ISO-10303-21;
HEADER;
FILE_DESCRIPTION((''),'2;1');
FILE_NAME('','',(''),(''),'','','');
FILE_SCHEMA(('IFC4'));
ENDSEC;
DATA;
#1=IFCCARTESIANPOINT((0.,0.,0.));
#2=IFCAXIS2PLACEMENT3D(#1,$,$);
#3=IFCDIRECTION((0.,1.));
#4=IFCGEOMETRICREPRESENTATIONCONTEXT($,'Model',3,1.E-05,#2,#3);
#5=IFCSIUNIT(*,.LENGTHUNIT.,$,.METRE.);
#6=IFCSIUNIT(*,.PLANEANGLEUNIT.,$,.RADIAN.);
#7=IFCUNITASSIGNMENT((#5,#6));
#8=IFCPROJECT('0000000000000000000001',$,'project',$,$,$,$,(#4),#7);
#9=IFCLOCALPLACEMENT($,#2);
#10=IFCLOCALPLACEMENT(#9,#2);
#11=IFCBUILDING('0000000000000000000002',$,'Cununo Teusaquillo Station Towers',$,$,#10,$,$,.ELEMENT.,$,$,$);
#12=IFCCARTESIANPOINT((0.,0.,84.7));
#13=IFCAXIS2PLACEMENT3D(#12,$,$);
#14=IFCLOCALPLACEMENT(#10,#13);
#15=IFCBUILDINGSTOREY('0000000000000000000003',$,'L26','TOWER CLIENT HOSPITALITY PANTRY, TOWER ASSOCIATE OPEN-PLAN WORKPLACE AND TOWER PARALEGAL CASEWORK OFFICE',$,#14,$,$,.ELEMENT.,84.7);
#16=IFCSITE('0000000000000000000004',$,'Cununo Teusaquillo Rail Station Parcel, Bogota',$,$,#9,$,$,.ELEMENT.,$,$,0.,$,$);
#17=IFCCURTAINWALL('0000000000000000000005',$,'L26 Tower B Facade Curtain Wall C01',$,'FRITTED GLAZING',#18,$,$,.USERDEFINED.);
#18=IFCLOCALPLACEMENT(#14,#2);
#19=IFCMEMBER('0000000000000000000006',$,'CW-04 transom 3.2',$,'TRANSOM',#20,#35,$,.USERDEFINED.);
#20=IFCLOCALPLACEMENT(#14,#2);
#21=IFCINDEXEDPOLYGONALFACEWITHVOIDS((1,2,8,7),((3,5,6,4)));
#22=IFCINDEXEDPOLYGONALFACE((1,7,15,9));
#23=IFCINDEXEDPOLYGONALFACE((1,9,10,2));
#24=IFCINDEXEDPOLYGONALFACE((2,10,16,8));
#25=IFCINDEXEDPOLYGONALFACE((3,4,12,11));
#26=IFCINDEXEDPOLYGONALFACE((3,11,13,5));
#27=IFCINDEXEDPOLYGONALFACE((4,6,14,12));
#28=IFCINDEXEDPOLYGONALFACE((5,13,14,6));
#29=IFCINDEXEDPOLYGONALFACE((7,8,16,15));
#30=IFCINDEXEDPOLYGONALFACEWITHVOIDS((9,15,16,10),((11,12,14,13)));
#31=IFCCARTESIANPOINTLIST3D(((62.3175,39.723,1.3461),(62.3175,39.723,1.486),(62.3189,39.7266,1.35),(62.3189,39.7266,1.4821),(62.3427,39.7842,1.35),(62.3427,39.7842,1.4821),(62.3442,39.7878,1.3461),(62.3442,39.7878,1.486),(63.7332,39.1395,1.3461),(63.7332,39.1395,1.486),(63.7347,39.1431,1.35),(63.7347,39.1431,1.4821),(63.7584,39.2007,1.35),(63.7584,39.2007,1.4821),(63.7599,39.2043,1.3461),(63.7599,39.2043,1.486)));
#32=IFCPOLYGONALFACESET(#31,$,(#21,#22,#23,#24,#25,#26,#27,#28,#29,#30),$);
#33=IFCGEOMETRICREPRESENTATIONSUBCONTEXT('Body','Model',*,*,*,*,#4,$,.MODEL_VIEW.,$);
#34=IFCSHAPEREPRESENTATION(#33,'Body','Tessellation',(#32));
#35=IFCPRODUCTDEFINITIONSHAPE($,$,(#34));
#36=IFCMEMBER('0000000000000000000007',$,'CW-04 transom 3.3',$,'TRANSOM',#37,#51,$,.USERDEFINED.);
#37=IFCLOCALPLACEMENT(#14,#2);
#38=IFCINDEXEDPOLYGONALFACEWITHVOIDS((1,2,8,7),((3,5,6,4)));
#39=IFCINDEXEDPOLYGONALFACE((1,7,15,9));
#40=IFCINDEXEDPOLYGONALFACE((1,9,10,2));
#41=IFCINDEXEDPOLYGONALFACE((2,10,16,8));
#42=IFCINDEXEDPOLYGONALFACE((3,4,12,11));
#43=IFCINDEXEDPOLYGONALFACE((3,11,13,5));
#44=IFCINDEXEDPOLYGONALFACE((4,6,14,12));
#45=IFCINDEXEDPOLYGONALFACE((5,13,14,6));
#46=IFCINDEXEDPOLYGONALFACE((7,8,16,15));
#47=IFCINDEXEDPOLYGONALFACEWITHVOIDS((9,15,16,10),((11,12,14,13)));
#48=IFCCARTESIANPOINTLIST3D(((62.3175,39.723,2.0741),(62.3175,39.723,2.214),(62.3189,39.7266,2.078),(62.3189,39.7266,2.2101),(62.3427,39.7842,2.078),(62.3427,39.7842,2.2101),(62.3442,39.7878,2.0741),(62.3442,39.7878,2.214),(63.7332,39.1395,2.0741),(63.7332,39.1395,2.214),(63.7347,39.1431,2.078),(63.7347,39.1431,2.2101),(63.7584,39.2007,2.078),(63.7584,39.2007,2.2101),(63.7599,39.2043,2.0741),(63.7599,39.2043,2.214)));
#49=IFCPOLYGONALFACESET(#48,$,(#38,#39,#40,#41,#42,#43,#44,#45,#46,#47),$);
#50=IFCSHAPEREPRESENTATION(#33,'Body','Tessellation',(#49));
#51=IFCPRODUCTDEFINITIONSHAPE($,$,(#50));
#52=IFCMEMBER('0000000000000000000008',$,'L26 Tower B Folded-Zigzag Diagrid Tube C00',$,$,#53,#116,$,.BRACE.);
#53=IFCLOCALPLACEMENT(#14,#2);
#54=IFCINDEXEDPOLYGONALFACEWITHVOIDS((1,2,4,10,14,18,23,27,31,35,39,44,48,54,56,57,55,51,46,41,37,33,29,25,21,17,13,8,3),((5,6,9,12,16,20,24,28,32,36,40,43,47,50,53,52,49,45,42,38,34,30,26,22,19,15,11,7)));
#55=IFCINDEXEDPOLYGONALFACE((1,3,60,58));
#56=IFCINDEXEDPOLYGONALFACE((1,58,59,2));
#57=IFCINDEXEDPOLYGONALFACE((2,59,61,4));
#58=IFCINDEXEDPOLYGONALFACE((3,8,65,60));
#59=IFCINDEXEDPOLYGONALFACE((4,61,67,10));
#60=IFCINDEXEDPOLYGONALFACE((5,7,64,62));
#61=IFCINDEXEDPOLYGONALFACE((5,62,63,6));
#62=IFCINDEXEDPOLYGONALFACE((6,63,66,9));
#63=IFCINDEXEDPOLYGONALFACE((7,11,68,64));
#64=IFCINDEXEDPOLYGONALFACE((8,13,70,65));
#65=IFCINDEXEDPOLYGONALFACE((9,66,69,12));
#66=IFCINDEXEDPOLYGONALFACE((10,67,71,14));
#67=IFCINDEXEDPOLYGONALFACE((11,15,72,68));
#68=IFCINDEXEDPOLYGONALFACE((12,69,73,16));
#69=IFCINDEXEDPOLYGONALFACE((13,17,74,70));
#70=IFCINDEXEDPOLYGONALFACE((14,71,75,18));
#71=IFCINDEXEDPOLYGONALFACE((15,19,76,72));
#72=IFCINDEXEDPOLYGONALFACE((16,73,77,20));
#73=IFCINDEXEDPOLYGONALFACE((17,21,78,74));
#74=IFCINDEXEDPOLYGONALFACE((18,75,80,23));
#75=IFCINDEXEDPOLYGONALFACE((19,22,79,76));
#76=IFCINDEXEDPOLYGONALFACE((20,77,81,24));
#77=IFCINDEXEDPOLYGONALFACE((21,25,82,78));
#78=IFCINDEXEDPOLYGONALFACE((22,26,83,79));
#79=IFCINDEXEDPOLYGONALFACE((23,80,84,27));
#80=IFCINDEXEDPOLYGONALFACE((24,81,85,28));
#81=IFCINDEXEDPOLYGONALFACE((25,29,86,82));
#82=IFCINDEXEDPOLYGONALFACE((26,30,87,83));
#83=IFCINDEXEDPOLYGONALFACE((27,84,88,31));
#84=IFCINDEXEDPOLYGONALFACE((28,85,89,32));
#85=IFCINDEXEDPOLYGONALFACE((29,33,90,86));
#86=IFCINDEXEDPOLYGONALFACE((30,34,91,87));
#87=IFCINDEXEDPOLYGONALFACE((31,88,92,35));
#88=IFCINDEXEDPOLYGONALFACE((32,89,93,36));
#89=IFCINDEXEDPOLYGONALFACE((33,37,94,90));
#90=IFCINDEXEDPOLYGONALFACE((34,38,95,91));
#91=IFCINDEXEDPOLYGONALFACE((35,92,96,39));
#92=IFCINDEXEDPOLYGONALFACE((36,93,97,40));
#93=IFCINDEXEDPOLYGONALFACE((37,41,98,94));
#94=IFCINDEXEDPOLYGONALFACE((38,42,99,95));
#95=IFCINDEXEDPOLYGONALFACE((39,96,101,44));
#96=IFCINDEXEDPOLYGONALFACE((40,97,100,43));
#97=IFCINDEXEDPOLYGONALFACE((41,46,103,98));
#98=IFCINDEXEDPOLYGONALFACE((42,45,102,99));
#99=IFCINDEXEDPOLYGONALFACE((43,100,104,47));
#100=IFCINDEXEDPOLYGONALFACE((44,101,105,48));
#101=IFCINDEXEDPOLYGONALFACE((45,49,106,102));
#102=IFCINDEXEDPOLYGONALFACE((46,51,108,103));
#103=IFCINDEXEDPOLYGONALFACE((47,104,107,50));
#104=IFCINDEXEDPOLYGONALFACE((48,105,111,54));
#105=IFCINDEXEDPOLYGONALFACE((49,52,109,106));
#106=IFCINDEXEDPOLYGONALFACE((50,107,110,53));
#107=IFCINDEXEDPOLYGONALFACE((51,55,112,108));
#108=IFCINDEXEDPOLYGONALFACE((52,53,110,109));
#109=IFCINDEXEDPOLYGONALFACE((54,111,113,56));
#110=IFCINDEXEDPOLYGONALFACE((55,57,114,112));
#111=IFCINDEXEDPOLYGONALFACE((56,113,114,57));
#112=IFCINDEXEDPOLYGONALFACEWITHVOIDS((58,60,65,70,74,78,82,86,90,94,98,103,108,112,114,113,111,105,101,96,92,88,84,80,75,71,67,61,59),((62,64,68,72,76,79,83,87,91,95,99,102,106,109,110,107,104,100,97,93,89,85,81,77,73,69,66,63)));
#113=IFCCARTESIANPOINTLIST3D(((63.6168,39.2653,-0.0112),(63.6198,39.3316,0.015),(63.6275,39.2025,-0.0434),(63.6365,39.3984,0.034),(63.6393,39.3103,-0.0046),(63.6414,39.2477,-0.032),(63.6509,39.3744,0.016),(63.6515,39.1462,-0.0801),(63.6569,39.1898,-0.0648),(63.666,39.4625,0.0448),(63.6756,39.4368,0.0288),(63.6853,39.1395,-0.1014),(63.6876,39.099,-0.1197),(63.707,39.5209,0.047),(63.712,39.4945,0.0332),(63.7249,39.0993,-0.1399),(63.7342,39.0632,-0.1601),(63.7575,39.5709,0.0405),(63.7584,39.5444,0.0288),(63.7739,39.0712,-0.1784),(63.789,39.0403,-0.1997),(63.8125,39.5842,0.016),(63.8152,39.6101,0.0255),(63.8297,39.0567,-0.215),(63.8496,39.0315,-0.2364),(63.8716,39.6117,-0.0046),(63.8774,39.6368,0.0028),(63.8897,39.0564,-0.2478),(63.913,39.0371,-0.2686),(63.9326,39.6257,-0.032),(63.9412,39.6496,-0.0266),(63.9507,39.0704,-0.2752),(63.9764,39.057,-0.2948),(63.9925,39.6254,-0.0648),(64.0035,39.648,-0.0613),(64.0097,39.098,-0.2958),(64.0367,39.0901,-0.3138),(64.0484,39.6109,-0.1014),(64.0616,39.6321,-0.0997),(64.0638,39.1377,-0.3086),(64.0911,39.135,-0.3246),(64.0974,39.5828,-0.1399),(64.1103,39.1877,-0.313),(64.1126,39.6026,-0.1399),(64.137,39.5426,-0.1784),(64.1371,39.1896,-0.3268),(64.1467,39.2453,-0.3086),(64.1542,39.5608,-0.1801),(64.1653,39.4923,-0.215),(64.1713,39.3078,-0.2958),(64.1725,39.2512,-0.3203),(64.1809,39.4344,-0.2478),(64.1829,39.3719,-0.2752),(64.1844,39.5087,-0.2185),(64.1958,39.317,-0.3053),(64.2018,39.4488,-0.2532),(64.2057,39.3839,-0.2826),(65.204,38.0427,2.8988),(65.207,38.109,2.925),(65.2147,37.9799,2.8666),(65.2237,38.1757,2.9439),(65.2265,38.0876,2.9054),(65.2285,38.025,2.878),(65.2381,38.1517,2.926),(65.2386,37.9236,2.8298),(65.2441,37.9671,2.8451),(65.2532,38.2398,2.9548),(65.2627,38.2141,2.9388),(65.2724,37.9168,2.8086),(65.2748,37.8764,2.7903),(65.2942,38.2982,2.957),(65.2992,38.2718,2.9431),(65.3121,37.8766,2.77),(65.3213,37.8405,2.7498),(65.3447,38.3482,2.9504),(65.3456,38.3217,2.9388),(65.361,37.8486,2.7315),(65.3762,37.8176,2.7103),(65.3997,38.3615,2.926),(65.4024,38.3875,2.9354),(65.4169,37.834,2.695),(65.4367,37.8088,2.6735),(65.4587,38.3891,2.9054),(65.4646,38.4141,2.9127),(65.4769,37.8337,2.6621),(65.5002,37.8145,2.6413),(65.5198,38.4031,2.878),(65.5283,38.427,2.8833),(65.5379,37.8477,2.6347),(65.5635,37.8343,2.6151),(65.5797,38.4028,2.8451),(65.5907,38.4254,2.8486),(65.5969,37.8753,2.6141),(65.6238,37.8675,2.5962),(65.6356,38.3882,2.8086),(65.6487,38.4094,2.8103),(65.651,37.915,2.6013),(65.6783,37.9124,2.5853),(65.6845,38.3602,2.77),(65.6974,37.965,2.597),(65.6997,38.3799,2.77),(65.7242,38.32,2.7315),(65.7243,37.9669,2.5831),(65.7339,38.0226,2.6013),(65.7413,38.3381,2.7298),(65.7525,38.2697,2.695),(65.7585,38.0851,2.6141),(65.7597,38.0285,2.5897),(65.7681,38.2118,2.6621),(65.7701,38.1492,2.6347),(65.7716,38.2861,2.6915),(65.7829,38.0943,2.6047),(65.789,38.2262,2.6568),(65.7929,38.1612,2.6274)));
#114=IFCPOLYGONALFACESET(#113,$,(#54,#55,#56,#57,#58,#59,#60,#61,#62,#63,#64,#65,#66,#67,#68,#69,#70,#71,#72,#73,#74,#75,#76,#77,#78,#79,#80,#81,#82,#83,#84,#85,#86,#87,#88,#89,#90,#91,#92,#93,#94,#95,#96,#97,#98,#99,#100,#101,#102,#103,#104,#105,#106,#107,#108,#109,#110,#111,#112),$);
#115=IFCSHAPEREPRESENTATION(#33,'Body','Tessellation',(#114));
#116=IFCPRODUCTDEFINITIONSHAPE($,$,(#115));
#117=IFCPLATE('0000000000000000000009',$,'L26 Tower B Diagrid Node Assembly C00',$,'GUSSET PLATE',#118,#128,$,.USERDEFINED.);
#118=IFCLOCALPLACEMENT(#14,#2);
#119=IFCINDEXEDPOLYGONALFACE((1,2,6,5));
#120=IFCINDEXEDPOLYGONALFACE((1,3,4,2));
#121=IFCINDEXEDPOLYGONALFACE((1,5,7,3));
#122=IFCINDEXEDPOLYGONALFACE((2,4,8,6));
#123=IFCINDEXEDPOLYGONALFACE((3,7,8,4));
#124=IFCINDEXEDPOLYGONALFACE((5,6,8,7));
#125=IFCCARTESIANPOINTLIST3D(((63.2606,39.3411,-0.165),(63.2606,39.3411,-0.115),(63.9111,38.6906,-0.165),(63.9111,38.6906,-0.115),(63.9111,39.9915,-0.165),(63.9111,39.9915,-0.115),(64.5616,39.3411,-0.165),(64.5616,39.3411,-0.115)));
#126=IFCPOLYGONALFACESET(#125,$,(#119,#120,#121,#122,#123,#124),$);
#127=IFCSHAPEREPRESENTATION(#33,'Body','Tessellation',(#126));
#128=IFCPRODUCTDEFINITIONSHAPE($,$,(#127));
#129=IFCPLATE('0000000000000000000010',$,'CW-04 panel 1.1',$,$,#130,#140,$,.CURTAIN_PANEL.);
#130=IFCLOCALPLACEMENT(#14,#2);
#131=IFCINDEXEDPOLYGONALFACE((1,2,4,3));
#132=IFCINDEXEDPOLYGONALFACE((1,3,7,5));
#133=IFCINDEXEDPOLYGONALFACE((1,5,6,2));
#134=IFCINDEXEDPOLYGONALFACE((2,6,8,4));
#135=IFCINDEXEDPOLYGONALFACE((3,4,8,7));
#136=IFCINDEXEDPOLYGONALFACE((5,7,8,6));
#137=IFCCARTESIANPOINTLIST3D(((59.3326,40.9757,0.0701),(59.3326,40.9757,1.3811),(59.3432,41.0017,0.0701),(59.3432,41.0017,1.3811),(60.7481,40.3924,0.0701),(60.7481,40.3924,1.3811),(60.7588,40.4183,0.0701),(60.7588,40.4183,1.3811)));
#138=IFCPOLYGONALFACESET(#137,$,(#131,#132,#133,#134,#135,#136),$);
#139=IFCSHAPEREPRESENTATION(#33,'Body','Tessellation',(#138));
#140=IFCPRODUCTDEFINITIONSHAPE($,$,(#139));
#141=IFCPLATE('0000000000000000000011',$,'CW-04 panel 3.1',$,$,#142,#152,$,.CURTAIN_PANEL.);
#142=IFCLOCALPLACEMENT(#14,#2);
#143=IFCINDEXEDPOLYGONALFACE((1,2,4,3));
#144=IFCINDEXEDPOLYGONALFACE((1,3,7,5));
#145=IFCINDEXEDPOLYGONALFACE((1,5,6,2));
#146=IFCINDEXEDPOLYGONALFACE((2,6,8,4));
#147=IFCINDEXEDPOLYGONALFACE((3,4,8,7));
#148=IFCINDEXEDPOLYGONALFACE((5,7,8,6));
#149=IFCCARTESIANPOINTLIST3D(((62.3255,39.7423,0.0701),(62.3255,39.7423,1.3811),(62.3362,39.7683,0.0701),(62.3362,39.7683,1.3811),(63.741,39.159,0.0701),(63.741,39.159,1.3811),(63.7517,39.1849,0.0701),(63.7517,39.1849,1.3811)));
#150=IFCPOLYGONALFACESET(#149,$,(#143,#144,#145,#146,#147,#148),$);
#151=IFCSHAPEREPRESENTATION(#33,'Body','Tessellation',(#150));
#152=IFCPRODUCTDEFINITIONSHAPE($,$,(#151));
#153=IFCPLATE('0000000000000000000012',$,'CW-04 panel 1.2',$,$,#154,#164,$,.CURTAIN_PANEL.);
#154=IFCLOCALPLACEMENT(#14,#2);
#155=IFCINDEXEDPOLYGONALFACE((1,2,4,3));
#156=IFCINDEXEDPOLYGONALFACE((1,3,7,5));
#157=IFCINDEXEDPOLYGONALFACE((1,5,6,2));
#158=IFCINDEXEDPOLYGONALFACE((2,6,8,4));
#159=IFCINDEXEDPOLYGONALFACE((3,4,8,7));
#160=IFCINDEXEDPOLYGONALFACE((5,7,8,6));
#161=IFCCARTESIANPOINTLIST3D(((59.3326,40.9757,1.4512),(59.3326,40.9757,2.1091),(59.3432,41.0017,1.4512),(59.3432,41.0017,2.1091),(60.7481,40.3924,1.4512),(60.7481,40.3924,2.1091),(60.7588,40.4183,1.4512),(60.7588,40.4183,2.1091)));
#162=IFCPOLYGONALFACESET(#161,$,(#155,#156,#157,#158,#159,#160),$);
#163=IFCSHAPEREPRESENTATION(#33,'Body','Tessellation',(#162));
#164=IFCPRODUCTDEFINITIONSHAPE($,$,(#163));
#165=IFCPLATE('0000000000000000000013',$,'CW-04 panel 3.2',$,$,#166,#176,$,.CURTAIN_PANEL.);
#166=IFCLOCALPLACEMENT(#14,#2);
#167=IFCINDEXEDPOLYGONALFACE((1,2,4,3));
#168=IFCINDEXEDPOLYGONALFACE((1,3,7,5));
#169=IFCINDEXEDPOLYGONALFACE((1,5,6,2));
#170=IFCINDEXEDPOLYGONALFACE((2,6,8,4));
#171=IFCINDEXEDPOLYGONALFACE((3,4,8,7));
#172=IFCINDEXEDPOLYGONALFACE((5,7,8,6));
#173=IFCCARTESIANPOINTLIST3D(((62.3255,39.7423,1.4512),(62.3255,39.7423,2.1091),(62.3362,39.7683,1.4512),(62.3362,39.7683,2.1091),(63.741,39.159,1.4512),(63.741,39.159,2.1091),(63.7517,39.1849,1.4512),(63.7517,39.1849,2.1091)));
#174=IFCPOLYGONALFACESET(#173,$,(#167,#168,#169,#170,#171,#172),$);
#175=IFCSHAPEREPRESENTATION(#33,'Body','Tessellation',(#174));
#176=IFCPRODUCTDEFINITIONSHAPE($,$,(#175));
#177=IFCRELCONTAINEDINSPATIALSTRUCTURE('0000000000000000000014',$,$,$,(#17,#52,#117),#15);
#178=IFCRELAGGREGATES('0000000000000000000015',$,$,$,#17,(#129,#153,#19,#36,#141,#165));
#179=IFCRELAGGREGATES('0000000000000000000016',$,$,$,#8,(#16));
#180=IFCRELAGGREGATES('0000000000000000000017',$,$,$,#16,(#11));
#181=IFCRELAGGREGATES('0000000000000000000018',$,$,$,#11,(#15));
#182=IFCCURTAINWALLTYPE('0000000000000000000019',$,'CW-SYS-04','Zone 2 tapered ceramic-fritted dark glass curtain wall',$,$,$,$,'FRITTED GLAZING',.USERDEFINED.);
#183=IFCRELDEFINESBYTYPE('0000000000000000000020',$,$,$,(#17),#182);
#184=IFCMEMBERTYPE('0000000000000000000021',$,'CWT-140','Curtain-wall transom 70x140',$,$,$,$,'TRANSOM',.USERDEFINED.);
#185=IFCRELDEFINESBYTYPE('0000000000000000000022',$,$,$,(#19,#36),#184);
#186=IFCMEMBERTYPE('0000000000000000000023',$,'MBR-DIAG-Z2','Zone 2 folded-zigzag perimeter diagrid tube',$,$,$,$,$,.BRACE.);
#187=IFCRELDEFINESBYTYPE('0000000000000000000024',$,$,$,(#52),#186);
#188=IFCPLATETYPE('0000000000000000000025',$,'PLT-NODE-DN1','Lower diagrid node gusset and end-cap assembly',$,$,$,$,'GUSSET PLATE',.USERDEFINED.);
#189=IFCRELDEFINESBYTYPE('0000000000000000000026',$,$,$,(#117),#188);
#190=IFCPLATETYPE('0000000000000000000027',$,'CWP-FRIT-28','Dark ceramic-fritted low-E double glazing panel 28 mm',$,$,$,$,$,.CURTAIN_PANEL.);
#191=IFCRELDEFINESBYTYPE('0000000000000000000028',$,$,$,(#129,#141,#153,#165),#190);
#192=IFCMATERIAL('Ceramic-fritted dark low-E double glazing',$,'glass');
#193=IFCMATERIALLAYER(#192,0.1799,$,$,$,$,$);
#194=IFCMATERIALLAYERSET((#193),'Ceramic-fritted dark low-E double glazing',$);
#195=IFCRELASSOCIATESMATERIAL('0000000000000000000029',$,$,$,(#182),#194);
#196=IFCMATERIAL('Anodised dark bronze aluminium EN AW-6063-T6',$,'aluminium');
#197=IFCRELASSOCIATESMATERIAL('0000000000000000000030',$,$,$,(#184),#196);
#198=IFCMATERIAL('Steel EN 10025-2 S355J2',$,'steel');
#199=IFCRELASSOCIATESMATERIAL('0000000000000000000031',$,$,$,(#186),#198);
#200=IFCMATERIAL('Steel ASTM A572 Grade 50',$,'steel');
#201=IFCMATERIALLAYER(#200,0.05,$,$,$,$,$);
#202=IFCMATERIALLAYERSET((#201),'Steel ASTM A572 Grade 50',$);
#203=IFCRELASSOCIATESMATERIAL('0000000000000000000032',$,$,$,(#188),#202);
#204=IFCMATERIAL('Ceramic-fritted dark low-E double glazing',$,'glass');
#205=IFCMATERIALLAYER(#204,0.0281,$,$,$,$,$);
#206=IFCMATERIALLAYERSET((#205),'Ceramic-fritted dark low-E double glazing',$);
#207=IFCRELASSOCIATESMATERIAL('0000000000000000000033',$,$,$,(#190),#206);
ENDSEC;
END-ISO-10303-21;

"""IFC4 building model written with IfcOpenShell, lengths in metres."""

from ifc_helpers import new_model, si_unit, direction, frame, origin, origin_2d, place, context, subcontext, project, spatial, rectangle, hollow_rectangle, hollow_circle, extrude, source, transform, mapped, material, layer, layer_set, material_profile, profile_set, type_object, element, aggregate, save


model = new_model("IFC4")

# Units and contexts
model_context = context("Model", 3, precision=1e-05, world=origin(), true_north=direction((0.0, 1.0)))
body_context = subcontext(model_context, "Body", "Model", "MODEL_VIEW")
ifc_project = project(units=[si_unit("LENGTHUNIT", "METRE"), si_unit("PLANEANGLEUNIT", "RADIAN")], contexts=[model_context])

# Site, building, storey
site_placement = place(None, origin())
site = spatial("IfcSite", under=ifc_project, at=site_placement, Name="Cununo Teusaquillo Rail Station Parcel, Bogota", CompositionType="ELEMENT", RefElevation=0.0)
building_placement = place(site_placement, origin())
building = spatial("IfcBuilding", under=site, at=building_placement, Name="Cununo Teusaquillo Station Towers", CompositionType="ELEMENT")
storey_placement = place(building_placement, frame((0.0, 0.0, 84.7)))
storey = spatial("IfcBuildingStorey", under=building, at=storey_placement, Name="L26", Description="TOWER CLIENT HOSPITALITY PANTRY, TOWER ASSOCIATE OPEN-PLAN WORKPLACE AND TOWER PARALEGAL CASEWORK OFFICE", CompositionType="ELEMENT", Elevation=84.7)

# Curtain wall, members
ifc_material_1 = material(Name="Ceramic-fritted dark low-E double glazing", Category="glass")
ifc_layer_1 = layer(ifc_material_1, 0.1799)
ifc_layer_set_1 = layer_set([ifc_layer_1], Name="Ceramic-fritted dark low-E double glazing")
curtain_wall_type = type_object("IfcCurtainWallType", Name="CW-SYS-04", Description="Zone 2 tapered ceramic-fritted dark glass curtain wall", ElementType="FRITTED GLAZING", PredefinedType="USERDEFINED", material=ifc_layer_set_1)
curtain_wall_placement = place(storey_placement, origin())
curtain_wall = element("IfcCurtainWall", 1, at=curtain_wall_placement, inside=storey, type_object=curtain_wall_type, Name="L26 Tower B Facade Curtain Wall C01", ObjectType="FRITTED GLAZING", PredefinedType="USERDEFINED")
ifc_material_2 = material(Name="Anodised dark bronze aluminium EN AW-6063-T6", Category="aluminium")
ifc_material_profile_1 = material_profile(ifc_material_2, hollow_rectangle(XDim=0.0701, YDim=0.1399, WallThickness=0.0039, at=origin_2d()), Name="CW-TRAN-70x140")
ifc_profile_set_1 = profile_set([ifc_material_profile_1], Name="Anodised dark bronze aluminium EN AW-6063-T6")
member_type_1 = type_object("IfcMemberType", Name="CWT-140", Description="Curtain-wall transom 70x140", ElementType="TRANSOM", PredefinedType="USERDEFINED", material=ifc_profile_set_1)
member_1_placement = place(storey_placement, frame((62.3308, 39.7554, 1.416), z_axis=(0.924556, -0.381046, 0.0), x_axis=(0.381046, 0.924556, 0.0)))
member_1 = element("IfcMember", 2, at=member_1_placement, type_object=member_type_1, Name="CW-04 transom 3.2", ObjectType="TRANSOM", PredefinedType="USERDEFINED", context=body_context, shape_type="SweptSolid", body=[
    extrude(hollow_rectangle(XDim=0.0701, YDim=0.1399, WallThickness=0.0039, at=origin_2d()), origin(), (0.0, 0.0, 1.0), 1.5312),
])
member_2_placement = place(storey_placement, frame((62.3308, 39.7554, 2.144), z_axis=(0.924556, -0.381046, 0.0), x_axis=(0.381046, 0.924556, 0.0)))
member_2 = element("IfcMember", 3, at=member_2_placement, type_object=member_type_1, Name="CW-04 transom 3.3", ObjectType="TRANSOM", PredefinedType="USERDEFINED", context=body_context, shape_type="SweptSolid", body=[
    extrude(hollow_rectangle(XDim=0.0701, YDim=0.1399, WallThickness=0.0039, at=origin_2d()), origin(), (0.0, 0.0, 1.0), 1.5312),
])

# Member
ifc_material_3 = material(Name="Steel EN 10025-2 S355J2", Category="steel")
ifc_material_profile_2 = material_profile(ifc_material_3, hollow_circle(Radius=0.3301, WallThickness=0.0249, at=origin_2d()), Name="CHS 660x25")
ifc_profile_set_2 = profile_set([ifc_material_profile_2], Name="Steel EN 10025-2 S355J2")
member_type_2 = type_object("IfcMemberType", Name="MBR-DIAG-Z2", Description="Zone 2 folded-zigzag perimeter diagrid tube", PredefinedType="BRACE", material=ifc_profile_set_2)
member_3_placement = place(storey_placement, frame((63.9111, 39.3411, -0.1399), z_axis=(0.449248, -0.346075, 0.823656), x_axis=(0.610264, 0.792198, 0.0)))
element("IfcMember", 4, at=member_3_placement, inside=storey, type_object=member_type_2, Name="L26 Tower B Folded-Zigzag Diagrid Tube C00", PredefinedType="BRACE", context=body_context, shape_type="SweptSolid", body=[
    extrude(hollow_circle(Radius=0.3301, WallThickness=0.0249, at=origin_2d()), origin(), (0.0, 0.0, 1.0), 3.533),
])

# Plates
ifc_material_4 = material(Name="Steel ASTM A572 Grade 50", Category="steel")
ifc_layer_2 = layer(ifc_material_4, 0.05)
ifc_layer_set_2 = layer_set([ifc_layer_2], Name="Steel ASTM A572 Grade 50")
plate_type_1 = type_object("IfcPlateType", Name="PLT-NODE-DN1", Description="Lower diagrid node gusset and end-cap assembly", ElementType="GUSSET PLATE", PredefinedType="USERDEFINED", material=ifc_layer_set_2)
shared_shape_1 = source(origin(), body_context, "Body", "SweptSolid", [
    extrude(rectangle(XDim=0.9199, YDim=0.9199, at=origin_2d()), origin(), (0.0, 0.0, 1.0), 0.05),
])
plate_1_placement = place(storey_placement, frame((63.9111, 39.3411, -0.165), z_axis=(0.0, 0.0, 1.0), x_axis=(0.707107, 0.707107, 0.0)))
element("IfcPlate", 5, at=plate_1_placement, inside=storey, type_object=plate_type_1, Name="L26 Tower B Diagrid Node Assembly C00", ObjectType="GUSSET PLATE", PredefinedType="USERDEFINED", context=body_context, shape_type="MappedRepresentation", body=[
    mapped(shared_shape_1, transform((0.0, 0.0, 0.0), x_axis=(1.0, 0.0, 0.0), y_axis=(0.0, 1.0, 0.0), z_axis=(0.0, 0.0, 1.0), scale=1.0)),
])
ifc_material_5 = material(Name="Ceramic-fritted dark low-E double glazing", Category="glass")
ifc_layer_3 = layer(ifc_material_5, 0.0281)
ifc_layer_set_3 = layer_set([ifc_layer_3], Name="Ceramic-fritted dark low-E double glazing")
plate_type_2 = type_object("IfcPlateType", Name="CWP-FRIT-28", Description="Dark ceramic-fritted low-E double glazing panel 28 mm", PredefinedType="CURTAIN_PANEL", material=ifc_layer_set_3)
shared_shape_2 = source(origin(), body_context, "Body", "SweptSolid", [
    extrude(rectangle(XDim=1.531, YDim=0.0281, at=origin_2d()), origin(), (0.0, 0.0, 1.0), 1.311),
])
plate_2_placement = place(storey_placement, frame((60.0457, 40.697, 0.0701), z_axis=(0.0, 0.0, 1.0), x_axis=(0.924562, -0.381031, 0.0)))
plate_2 = element("IfcPlate", 6, at=plate_2_placement, type_object=plate_type_2, Name="CW-04 panel 1.1", PredefinedType="CURTAIN_PANEL", context=body_context, shape_type="MappedRepresentation", body=[
    mapped(shared_shape_2, transform((0.0, 0.0, 0.0), x_axis=(1.0, 0.0, 0.0), y_axis=(0.0, 1.0, 0.0), z_axis=(0.0, 0.0, 1.0), scale=1.0)),
])
plate_3_placement = place(storey_placement, frame((63.0386, 39.4636, 0.0701), z_axis=(0.0, 0.0, 1.0), x_axis=(0.924562, -0.381031, 0.0)))
plate_3 = element("IfcPlate", 7, at=plate_3_placement, type_object=plate_type_2, Name="CW-04 panel 3.1", PredefinedType="CURTAIN_PANEL", context=body_context, shape_type="MappedRepresentation", body=[
    mapped(shared_shape_2, transform((0.0, 0.0, 0.0), x_axis=(1.0, 0.0, 0.0), y_axis=(0.0, 1.0, 0.0), z_axis=(0.0, 0.0, 1.0), scale=1.0)),
])
shared_shape_3 = source(origin(), body_context, "Body", "SweptSolid", [
    extrude(rectangle(XDim=1.531, YDim=0.0281, at=origin_2d()), origin(), (0.0, 0.0, 1.0), 0.658),
])
plate_4_placement = place(storey_placement, frame((60.0457, 40.697, 1.4512), z_axis=(0.0, 0.0, 1.0), x_axis=(0.924562, -0.381031, 0.0)))
plate_4 = element("IfcPlate", 8, at=plate_4_placement, type_object=plate_type_2, Name="CW-04 panel 1.2", PredefinedType="CURTAIN_PANEL", context=body_context, shape_type="MappedRepresentation", body=[
    mapped(shared_shape_3, transform((0.0, 0.0, 0.0), x_axis=(1.0, 0.0, 0.0), y_axis=(0.0, 1.0, 0.0), z_axis=(0.0, 0.0, 1.0), scale=1.0)),
])
plate_5_placement = place(storey_placement, frame((63.0386, 39.4636, 1.4512), z_axis=(0.0, 0.0, 1.0), x_axis=(0.924562, -0.381031, 0.0)))
plate_5 = element("IfcPlate", 9, at=plate_5_placement, type_object=plate_type_2, Name="CW-04 panel 3.2", PredefinedType="CURTAIN_PANEL", context=body_context, shape_type="MappedRepresentation", body=[
    mapped(shared_shape_3, transform((0.0, 0.0, 0.0), x_axis=(1.0, 0.0, 0.0), y_axis=(0.0, 1.0, 0.0), z_axis=(0.0, 0.0, 1.0), scale=1.0)),
])
aggregate(curtain_wall, [plate_2, plate_4, member_1, member_2, plate_3, plate_5])

save(model, "model.ifc")
